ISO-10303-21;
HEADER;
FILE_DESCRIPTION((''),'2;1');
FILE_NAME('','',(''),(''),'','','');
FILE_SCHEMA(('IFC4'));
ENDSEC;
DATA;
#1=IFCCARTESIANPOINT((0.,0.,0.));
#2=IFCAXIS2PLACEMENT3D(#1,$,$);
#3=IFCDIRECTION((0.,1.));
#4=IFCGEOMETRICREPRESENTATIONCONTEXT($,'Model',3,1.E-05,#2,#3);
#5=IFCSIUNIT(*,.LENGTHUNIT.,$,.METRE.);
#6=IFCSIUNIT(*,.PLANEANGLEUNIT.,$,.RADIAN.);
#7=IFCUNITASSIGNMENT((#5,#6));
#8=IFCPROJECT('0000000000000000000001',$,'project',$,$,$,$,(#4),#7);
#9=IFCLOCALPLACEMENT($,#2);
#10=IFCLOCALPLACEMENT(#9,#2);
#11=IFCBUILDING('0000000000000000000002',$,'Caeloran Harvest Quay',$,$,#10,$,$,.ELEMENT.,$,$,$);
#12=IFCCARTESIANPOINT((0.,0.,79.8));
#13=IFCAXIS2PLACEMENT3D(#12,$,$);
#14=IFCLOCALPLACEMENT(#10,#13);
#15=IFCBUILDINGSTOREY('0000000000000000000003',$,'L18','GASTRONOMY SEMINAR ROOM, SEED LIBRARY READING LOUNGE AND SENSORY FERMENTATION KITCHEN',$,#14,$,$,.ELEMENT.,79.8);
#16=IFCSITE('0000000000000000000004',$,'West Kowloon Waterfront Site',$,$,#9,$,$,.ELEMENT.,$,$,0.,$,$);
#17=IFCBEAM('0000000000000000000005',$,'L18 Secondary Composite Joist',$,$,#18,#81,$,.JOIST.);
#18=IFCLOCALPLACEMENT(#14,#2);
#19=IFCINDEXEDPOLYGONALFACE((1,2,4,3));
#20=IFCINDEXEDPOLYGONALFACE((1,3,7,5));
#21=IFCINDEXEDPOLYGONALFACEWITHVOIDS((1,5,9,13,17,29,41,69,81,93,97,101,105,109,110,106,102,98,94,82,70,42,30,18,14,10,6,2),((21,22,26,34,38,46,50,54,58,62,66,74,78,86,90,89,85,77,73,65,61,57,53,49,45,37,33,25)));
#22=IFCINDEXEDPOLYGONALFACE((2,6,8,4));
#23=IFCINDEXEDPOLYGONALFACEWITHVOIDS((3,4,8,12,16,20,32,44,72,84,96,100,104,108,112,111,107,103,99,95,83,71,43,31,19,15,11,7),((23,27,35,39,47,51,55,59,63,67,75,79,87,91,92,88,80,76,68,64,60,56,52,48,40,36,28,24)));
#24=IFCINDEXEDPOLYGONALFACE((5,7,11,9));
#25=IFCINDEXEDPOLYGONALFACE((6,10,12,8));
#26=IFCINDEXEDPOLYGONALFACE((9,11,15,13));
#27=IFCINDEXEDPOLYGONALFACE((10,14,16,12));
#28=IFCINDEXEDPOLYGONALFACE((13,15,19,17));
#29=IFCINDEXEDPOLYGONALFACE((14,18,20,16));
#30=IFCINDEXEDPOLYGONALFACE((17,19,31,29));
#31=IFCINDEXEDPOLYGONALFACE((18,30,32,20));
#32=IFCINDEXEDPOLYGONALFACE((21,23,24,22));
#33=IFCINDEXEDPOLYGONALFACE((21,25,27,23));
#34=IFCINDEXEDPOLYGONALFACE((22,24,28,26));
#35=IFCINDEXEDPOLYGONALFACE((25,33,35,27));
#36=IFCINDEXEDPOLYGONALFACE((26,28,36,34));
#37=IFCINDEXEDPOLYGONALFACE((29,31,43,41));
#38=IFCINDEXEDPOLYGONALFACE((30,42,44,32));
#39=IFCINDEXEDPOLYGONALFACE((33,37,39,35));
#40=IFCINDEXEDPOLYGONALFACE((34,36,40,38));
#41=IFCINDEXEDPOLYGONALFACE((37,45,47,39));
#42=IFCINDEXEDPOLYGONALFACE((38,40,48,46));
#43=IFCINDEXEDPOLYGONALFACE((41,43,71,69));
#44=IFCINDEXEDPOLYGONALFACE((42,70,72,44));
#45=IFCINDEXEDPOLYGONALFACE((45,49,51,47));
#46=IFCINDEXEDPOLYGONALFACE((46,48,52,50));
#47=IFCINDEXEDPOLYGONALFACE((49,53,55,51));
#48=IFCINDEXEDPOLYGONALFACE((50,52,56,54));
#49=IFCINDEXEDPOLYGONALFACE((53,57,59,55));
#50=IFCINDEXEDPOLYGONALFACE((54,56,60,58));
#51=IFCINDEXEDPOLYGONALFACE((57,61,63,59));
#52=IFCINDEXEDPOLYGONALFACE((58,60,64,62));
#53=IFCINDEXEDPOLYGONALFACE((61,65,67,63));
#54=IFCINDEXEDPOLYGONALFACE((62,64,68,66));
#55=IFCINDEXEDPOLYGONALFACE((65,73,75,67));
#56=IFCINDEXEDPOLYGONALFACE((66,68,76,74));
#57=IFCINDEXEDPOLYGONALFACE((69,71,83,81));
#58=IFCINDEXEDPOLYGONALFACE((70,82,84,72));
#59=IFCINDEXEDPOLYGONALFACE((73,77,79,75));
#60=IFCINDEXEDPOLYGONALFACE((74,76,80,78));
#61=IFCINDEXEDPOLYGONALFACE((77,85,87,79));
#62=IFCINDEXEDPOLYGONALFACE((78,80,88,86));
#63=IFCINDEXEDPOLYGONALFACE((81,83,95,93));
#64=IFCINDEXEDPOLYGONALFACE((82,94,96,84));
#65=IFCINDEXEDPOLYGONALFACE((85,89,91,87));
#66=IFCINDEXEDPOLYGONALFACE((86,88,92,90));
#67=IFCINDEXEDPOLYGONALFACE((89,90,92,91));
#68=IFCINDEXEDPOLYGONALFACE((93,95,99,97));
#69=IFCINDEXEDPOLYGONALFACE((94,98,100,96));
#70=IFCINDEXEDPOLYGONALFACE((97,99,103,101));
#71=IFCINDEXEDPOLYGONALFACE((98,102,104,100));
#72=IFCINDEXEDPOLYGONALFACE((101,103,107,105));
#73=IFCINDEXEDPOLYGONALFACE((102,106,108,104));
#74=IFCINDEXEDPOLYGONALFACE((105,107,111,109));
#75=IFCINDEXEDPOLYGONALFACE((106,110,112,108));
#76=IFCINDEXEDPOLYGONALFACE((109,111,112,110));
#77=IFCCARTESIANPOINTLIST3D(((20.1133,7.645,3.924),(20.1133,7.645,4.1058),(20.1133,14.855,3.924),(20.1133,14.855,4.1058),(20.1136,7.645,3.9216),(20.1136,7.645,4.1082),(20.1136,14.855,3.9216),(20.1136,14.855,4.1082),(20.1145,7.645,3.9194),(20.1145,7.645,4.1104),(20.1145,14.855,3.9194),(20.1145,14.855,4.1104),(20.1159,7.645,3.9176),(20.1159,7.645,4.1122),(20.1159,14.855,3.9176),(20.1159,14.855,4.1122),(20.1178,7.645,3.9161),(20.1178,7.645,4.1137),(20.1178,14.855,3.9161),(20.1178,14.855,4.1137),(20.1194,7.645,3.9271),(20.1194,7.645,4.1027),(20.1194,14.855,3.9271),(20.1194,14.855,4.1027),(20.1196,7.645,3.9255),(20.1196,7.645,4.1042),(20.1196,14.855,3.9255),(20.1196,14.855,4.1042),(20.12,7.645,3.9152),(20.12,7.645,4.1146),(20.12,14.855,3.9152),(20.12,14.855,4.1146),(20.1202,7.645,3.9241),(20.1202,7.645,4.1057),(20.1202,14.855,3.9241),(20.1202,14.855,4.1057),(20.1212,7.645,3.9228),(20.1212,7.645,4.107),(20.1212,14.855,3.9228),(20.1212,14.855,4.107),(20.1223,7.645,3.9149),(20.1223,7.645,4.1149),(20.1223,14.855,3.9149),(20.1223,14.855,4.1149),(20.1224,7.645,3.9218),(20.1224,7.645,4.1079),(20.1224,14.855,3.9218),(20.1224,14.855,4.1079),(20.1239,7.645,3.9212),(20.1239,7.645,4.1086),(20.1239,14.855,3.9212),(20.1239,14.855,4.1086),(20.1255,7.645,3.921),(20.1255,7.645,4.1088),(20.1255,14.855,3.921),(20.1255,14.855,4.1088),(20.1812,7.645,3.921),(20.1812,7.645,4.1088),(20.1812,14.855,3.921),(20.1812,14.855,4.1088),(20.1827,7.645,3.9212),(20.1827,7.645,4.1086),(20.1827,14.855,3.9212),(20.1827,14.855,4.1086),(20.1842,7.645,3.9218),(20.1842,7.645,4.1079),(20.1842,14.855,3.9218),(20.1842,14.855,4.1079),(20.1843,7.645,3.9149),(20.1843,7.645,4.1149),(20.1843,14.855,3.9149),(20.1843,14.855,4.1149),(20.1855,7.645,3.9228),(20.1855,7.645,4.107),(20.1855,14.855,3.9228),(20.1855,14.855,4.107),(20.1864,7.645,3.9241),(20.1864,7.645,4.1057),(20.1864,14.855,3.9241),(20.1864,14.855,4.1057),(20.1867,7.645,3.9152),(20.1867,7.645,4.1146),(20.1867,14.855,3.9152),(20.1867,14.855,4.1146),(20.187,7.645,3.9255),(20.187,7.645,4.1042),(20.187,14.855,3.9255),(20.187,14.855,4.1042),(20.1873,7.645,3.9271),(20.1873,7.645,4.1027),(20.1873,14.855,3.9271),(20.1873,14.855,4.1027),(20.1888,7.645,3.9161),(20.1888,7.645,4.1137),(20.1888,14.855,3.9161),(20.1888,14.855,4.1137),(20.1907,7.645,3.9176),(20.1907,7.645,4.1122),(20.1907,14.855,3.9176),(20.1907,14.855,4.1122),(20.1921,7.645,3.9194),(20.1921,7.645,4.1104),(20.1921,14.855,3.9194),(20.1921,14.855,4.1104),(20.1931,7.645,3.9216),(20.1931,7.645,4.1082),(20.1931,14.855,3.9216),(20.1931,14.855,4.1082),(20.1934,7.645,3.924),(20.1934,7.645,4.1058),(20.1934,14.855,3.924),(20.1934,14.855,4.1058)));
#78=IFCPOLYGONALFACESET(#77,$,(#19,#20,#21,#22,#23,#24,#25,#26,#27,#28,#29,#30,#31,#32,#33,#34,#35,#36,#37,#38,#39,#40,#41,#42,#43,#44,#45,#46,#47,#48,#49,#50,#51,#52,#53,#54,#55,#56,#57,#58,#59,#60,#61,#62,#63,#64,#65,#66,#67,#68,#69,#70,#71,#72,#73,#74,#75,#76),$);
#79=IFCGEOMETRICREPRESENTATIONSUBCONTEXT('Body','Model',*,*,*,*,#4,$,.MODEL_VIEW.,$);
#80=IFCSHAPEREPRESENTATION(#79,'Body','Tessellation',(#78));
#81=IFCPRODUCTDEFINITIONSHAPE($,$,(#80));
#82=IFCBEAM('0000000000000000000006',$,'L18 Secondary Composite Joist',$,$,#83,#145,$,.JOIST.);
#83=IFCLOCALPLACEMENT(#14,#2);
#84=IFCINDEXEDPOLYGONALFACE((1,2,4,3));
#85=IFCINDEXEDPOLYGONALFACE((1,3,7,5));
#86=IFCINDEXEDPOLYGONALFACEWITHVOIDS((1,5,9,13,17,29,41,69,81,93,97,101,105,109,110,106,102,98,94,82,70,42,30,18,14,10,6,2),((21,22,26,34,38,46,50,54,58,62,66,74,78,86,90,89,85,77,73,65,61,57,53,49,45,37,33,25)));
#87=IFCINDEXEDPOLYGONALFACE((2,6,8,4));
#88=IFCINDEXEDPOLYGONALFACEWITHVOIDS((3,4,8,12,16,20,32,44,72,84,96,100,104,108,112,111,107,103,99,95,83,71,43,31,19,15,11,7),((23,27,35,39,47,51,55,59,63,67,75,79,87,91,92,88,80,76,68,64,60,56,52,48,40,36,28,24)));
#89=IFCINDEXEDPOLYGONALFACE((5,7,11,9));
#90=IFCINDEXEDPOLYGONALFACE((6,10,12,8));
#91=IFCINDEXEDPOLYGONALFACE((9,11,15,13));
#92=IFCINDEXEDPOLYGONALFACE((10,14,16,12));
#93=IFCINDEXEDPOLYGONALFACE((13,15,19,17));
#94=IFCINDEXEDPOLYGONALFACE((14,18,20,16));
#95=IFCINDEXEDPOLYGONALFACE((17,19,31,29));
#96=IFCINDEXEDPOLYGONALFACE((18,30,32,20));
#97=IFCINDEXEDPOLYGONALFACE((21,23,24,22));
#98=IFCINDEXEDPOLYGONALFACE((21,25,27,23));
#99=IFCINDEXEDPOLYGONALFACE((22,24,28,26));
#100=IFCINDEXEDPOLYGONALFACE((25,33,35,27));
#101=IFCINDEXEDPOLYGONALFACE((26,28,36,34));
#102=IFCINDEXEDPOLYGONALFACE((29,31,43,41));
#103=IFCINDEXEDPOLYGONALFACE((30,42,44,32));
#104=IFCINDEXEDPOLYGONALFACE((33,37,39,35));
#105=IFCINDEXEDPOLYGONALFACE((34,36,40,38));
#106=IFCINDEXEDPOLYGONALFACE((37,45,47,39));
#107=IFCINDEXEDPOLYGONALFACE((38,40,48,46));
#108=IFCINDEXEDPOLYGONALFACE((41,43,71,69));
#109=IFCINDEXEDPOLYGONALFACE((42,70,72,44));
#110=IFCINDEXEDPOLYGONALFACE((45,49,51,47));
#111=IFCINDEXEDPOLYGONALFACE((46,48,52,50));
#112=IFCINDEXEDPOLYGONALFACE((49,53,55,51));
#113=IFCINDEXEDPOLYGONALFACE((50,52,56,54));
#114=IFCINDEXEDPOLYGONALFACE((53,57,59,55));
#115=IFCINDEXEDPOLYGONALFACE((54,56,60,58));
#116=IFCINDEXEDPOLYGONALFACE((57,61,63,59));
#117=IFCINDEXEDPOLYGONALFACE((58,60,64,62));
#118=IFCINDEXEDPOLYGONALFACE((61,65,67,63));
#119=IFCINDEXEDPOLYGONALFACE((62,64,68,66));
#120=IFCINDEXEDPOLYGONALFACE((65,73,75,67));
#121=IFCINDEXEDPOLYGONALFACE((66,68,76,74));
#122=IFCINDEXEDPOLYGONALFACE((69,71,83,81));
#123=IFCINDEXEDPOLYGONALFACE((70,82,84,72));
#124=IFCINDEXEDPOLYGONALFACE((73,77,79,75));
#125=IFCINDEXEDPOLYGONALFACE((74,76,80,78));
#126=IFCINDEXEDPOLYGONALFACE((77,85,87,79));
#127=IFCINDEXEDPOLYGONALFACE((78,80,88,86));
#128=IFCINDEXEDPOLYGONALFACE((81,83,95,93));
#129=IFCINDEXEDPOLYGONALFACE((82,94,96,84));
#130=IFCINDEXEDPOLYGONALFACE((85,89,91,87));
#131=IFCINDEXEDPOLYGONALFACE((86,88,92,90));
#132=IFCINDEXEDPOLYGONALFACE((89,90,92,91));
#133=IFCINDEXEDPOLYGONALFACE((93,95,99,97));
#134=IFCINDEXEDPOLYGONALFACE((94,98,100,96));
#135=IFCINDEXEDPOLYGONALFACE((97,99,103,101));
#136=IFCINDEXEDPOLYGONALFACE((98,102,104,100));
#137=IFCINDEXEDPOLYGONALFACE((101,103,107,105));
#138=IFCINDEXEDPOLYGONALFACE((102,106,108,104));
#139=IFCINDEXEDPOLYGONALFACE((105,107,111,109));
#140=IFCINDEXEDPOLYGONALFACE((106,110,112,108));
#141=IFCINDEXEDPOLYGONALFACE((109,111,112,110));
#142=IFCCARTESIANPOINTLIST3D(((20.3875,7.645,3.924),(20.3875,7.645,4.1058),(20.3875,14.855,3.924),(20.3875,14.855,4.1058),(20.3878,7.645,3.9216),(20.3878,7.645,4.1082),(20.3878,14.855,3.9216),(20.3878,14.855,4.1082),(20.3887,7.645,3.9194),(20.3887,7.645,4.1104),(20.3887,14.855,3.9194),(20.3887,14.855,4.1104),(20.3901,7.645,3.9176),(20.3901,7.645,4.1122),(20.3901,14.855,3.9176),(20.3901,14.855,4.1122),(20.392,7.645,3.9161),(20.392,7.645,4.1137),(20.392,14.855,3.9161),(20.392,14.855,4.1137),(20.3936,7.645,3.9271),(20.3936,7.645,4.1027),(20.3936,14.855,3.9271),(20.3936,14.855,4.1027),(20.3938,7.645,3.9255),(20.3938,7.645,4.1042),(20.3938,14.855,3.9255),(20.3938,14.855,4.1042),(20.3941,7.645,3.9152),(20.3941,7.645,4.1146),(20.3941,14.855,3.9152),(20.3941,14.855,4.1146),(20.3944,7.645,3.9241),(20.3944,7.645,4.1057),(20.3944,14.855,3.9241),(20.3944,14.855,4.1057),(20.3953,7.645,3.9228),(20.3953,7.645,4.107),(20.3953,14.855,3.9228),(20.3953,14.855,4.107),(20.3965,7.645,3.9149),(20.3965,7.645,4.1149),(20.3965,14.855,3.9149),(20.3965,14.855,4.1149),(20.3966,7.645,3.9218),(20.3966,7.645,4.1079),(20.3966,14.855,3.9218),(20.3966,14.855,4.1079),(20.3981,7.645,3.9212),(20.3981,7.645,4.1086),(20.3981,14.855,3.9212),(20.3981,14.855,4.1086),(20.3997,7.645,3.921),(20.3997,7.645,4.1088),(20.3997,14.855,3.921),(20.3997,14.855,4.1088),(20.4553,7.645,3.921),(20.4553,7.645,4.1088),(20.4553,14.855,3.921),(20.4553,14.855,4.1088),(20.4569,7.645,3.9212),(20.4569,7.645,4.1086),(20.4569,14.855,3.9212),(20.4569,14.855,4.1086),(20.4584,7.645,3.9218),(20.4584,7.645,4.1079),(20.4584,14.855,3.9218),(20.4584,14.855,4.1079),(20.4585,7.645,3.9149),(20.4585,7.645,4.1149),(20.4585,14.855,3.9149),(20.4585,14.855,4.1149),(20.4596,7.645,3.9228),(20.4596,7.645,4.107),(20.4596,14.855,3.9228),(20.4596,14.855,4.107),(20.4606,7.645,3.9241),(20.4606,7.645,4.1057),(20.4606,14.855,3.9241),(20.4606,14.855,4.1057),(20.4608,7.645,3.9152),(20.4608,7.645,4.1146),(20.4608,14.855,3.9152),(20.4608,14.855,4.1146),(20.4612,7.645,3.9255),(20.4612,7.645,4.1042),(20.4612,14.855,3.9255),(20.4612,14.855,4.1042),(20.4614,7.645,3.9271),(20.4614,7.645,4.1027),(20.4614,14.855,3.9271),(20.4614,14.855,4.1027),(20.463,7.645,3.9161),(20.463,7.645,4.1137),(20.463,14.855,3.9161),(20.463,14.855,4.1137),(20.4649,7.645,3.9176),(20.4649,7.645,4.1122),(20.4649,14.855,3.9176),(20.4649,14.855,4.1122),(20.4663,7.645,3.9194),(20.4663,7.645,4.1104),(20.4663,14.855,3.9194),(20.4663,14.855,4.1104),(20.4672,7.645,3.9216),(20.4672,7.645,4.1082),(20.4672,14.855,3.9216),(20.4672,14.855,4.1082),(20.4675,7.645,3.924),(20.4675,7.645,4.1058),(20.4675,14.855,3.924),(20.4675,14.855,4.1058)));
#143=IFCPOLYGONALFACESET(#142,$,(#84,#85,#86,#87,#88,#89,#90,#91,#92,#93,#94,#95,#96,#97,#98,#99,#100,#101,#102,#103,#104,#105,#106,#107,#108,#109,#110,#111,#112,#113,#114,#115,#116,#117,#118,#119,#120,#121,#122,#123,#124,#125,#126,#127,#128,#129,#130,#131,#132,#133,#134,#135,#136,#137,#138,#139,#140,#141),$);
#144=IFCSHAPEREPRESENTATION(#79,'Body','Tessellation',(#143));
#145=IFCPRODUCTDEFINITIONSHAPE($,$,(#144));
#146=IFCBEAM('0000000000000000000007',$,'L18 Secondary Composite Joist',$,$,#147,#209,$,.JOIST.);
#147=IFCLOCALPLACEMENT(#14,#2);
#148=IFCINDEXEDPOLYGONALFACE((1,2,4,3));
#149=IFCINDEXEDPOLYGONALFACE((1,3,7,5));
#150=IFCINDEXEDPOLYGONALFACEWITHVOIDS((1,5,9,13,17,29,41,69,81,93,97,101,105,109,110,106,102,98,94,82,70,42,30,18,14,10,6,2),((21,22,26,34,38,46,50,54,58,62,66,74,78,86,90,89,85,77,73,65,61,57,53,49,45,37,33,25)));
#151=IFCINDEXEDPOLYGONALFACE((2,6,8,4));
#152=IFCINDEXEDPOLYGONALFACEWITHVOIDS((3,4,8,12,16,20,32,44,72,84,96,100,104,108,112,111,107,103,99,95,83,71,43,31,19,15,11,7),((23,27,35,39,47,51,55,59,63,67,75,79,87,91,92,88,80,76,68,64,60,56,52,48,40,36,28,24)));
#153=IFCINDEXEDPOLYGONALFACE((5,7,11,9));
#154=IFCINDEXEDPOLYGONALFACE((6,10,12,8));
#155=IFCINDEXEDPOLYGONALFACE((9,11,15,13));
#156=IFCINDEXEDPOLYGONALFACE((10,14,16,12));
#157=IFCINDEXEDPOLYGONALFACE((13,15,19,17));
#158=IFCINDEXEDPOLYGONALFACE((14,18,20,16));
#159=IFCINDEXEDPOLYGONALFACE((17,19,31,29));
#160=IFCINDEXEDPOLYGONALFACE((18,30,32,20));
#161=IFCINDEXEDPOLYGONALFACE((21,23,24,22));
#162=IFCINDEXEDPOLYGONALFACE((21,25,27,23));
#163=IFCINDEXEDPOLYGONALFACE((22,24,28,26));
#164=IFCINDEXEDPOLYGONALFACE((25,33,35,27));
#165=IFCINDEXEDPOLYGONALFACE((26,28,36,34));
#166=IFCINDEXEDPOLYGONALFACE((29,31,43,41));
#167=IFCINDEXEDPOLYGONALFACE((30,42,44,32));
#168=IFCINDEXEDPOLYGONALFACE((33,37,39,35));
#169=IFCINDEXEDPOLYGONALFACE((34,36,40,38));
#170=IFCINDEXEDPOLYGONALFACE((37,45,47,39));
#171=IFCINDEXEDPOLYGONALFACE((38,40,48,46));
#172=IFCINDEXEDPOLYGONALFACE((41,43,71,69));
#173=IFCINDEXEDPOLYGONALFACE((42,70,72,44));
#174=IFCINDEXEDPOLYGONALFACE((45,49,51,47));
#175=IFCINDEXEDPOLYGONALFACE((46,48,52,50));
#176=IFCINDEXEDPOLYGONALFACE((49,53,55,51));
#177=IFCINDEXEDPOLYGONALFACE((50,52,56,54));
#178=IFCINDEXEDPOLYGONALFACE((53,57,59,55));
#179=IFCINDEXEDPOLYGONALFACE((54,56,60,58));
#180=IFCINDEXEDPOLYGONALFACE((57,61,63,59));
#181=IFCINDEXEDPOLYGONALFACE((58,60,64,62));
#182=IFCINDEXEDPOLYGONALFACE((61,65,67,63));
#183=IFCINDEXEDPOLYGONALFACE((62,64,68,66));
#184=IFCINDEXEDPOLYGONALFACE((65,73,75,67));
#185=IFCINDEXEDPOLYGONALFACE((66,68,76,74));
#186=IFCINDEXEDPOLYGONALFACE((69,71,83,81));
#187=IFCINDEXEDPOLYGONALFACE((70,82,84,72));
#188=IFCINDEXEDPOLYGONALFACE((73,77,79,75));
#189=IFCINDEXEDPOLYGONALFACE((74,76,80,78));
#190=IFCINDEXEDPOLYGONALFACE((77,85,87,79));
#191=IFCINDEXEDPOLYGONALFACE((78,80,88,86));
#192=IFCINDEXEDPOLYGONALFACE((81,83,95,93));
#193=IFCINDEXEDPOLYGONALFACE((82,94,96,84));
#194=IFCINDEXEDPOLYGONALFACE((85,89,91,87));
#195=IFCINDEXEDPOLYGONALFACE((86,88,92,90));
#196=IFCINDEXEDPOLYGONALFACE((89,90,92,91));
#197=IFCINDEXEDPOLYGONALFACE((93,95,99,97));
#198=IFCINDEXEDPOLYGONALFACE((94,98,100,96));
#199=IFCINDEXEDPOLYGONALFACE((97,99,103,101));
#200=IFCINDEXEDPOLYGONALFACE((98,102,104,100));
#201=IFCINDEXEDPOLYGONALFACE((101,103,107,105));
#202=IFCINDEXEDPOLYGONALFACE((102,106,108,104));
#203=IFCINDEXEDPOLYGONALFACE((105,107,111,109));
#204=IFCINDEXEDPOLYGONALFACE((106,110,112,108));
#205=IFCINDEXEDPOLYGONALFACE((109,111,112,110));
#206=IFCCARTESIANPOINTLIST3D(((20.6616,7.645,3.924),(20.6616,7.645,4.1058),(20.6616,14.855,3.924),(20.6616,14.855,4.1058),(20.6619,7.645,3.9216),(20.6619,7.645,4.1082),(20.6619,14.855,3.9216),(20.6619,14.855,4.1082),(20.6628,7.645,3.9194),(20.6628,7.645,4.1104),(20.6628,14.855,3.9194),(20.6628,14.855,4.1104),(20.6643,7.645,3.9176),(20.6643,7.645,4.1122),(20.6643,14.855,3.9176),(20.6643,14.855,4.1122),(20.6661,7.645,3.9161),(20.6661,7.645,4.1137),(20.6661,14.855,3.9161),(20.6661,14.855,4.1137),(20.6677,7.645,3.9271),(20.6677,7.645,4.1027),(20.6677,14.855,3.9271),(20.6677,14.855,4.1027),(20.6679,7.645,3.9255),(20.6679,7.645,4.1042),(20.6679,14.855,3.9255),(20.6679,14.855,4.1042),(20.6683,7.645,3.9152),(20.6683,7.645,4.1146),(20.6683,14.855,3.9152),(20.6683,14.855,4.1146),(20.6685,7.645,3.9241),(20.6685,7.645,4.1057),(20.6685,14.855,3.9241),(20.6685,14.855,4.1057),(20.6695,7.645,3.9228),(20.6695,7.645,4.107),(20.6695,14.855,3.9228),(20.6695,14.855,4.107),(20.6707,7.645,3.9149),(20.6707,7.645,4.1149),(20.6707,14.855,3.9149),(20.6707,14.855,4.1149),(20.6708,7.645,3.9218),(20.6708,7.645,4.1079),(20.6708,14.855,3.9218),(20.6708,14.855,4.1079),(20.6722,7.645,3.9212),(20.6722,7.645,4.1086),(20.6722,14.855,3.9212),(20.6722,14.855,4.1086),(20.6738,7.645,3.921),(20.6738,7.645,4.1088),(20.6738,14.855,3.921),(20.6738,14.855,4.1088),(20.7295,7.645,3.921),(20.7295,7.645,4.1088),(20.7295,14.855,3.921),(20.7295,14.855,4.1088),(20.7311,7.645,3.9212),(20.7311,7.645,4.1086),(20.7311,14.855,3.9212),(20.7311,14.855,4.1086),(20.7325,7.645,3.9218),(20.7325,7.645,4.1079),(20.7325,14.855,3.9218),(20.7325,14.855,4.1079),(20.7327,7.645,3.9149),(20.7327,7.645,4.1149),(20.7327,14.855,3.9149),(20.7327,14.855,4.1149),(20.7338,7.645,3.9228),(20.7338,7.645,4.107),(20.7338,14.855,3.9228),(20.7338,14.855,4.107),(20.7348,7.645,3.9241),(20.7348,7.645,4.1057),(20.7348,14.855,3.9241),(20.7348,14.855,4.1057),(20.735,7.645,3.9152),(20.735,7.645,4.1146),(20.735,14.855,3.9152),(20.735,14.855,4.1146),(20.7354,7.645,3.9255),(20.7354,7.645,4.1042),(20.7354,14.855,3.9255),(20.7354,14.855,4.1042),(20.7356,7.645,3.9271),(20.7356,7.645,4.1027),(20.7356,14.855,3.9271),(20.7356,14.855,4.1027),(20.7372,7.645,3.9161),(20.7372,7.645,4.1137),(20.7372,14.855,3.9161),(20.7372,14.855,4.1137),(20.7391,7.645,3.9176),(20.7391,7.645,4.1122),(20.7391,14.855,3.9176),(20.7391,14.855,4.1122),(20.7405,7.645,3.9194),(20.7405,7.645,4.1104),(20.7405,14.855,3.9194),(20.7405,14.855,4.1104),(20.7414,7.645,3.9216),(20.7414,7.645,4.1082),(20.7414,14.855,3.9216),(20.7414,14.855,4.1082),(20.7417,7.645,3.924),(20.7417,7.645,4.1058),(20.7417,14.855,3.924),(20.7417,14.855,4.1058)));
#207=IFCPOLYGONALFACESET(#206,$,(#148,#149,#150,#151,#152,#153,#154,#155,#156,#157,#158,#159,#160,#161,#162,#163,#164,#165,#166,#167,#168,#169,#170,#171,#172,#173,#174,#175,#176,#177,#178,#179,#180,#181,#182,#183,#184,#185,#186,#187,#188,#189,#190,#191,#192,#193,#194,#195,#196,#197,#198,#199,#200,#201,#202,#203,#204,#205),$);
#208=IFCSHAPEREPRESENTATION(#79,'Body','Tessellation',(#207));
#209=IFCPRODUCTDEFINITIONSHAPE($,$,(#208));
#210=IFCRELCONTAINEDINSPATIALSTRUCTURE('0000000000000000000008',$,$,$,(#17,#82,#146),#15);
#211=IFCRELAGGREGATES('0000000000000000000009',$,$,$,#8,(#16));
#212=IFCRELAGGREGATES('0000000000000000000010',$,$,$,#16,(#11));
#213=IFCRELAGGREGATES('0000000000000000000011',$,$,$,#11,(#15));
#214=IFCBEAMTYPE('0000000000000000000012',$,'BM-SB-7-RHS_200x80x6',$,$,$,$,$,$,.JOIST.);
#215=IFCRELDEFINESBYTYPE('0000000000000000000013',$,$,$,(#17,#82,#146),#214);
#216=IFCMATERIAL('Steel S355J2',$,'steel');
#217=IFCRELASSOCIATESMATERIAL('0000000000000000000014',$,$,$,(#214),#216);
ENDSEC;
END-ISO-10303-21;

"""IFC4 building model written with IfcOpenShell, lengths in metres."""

from ifc_helpers import new_model, si_unit, direction, frame, origin, origin_2d, place, context, subcontext, project, spatial, hollow_rectangle, extrude, material, material_profile, profile_set, type_object, element, save


model = new_model("IFC4")

# Units and contexts
model_context = context("Model", 3, precision=1e-05, world=origin(), true_north=direction((0.0, 1.0)))
body_context = subcontext(model_context, "Body", "Model", "MODEL_VIEW")
ifc_project = project(units=[si_unit("LENGTHUNIT", "METRE"), si_unit("PLANEANGLEUNIT", "RADIAN")], contexts=[model_context])

# Site, building, storey
site_placement = place(None, origin())
site = spatial("IfcSite", under=ifc_project, at=site_placement, Name="West Kowloon Waterfront Site", CompositionType="ELEMENT", RefElevation=0.0)
building_placement = place(site_placement, origin())
building = spatial("IfcBuilding", under=site, at=building_placement, Name="Caeloran Harvest Quay", CompositionType="ELEMENT")
storey_placement = place(building_placement, frame((0.0, 0.0, 79.8)))
storey = spatial("IfcBuildingStorey", under=building, at=storey_placement, Name="L18", Description="GASTRONOMY SEMINAR ROOM, SEED LIBRARY READING LOUNGE AND SENSORY FERMENTATION KITCHEN", CompositionType="ELEMENT", Elevation=79.8)

# Beams
ifc_material_1 = material(Name="Steel S355J2", Category="steel")
ifc_material_profile_1 = material_profile(ifc_material_1, hollow_rectangle(XDim=0.0801, YDim=0.2, WallThickness=0.0061, InnerFilletRadius=0.0061, OuterFilletRadius=0.009, at=origin_2d()), Name="RHS 200x80x6")
ifc_profile_set_1 = profile_set([ifc_material_profile_1], Name="Steel S355J2")
beam_type_1 = type_object("IfcBeamType", Name="BM-SB-7-RHS_200x80x6", PredefinedType="JOIST", material=ifc_profile_set_1)
for number, where, z_axis, x_axis, name in (
    (1, (20.1533, 7.645, 4.0149), (0.0, 1.0, 0.0), (-1.0, 0.0, 0.0), "L18 Secondary Composite Joist"),
    (2, (20.4275, 7.645, 4.0149), (0.0, 1.0, 0.0), (-1.0, 0.0, 0.0), "L18 Secondary Composite Joist"),
    (3, (20.7017, 7.645, 4.0149), (0.0, 1.0, 0.0), (-1.0, 0.0, 0.0), "L18 Secondary Composite Joist"),
):
    element("IfcBeam", number, at=place(storey_placement, frame(where, z_axis=z_axis, x_axis=x_axis)), inside=storey, type_object=beam_type_1, Name=name, PredefinedType="JOIST", context=body_context, shape_type="SweptSolid", body=[
        extrude(hollow_rectangle(XDim=0.0801, YDim=0.2, WallThickness=0.0061, InnerFilletRadius=0.0061, OuterFilletRadius=0.009, at=origin_2d()), origin(), (0.0, 0.0, 1.0), 7.21),
    ])

save(model, "model.ifc")
